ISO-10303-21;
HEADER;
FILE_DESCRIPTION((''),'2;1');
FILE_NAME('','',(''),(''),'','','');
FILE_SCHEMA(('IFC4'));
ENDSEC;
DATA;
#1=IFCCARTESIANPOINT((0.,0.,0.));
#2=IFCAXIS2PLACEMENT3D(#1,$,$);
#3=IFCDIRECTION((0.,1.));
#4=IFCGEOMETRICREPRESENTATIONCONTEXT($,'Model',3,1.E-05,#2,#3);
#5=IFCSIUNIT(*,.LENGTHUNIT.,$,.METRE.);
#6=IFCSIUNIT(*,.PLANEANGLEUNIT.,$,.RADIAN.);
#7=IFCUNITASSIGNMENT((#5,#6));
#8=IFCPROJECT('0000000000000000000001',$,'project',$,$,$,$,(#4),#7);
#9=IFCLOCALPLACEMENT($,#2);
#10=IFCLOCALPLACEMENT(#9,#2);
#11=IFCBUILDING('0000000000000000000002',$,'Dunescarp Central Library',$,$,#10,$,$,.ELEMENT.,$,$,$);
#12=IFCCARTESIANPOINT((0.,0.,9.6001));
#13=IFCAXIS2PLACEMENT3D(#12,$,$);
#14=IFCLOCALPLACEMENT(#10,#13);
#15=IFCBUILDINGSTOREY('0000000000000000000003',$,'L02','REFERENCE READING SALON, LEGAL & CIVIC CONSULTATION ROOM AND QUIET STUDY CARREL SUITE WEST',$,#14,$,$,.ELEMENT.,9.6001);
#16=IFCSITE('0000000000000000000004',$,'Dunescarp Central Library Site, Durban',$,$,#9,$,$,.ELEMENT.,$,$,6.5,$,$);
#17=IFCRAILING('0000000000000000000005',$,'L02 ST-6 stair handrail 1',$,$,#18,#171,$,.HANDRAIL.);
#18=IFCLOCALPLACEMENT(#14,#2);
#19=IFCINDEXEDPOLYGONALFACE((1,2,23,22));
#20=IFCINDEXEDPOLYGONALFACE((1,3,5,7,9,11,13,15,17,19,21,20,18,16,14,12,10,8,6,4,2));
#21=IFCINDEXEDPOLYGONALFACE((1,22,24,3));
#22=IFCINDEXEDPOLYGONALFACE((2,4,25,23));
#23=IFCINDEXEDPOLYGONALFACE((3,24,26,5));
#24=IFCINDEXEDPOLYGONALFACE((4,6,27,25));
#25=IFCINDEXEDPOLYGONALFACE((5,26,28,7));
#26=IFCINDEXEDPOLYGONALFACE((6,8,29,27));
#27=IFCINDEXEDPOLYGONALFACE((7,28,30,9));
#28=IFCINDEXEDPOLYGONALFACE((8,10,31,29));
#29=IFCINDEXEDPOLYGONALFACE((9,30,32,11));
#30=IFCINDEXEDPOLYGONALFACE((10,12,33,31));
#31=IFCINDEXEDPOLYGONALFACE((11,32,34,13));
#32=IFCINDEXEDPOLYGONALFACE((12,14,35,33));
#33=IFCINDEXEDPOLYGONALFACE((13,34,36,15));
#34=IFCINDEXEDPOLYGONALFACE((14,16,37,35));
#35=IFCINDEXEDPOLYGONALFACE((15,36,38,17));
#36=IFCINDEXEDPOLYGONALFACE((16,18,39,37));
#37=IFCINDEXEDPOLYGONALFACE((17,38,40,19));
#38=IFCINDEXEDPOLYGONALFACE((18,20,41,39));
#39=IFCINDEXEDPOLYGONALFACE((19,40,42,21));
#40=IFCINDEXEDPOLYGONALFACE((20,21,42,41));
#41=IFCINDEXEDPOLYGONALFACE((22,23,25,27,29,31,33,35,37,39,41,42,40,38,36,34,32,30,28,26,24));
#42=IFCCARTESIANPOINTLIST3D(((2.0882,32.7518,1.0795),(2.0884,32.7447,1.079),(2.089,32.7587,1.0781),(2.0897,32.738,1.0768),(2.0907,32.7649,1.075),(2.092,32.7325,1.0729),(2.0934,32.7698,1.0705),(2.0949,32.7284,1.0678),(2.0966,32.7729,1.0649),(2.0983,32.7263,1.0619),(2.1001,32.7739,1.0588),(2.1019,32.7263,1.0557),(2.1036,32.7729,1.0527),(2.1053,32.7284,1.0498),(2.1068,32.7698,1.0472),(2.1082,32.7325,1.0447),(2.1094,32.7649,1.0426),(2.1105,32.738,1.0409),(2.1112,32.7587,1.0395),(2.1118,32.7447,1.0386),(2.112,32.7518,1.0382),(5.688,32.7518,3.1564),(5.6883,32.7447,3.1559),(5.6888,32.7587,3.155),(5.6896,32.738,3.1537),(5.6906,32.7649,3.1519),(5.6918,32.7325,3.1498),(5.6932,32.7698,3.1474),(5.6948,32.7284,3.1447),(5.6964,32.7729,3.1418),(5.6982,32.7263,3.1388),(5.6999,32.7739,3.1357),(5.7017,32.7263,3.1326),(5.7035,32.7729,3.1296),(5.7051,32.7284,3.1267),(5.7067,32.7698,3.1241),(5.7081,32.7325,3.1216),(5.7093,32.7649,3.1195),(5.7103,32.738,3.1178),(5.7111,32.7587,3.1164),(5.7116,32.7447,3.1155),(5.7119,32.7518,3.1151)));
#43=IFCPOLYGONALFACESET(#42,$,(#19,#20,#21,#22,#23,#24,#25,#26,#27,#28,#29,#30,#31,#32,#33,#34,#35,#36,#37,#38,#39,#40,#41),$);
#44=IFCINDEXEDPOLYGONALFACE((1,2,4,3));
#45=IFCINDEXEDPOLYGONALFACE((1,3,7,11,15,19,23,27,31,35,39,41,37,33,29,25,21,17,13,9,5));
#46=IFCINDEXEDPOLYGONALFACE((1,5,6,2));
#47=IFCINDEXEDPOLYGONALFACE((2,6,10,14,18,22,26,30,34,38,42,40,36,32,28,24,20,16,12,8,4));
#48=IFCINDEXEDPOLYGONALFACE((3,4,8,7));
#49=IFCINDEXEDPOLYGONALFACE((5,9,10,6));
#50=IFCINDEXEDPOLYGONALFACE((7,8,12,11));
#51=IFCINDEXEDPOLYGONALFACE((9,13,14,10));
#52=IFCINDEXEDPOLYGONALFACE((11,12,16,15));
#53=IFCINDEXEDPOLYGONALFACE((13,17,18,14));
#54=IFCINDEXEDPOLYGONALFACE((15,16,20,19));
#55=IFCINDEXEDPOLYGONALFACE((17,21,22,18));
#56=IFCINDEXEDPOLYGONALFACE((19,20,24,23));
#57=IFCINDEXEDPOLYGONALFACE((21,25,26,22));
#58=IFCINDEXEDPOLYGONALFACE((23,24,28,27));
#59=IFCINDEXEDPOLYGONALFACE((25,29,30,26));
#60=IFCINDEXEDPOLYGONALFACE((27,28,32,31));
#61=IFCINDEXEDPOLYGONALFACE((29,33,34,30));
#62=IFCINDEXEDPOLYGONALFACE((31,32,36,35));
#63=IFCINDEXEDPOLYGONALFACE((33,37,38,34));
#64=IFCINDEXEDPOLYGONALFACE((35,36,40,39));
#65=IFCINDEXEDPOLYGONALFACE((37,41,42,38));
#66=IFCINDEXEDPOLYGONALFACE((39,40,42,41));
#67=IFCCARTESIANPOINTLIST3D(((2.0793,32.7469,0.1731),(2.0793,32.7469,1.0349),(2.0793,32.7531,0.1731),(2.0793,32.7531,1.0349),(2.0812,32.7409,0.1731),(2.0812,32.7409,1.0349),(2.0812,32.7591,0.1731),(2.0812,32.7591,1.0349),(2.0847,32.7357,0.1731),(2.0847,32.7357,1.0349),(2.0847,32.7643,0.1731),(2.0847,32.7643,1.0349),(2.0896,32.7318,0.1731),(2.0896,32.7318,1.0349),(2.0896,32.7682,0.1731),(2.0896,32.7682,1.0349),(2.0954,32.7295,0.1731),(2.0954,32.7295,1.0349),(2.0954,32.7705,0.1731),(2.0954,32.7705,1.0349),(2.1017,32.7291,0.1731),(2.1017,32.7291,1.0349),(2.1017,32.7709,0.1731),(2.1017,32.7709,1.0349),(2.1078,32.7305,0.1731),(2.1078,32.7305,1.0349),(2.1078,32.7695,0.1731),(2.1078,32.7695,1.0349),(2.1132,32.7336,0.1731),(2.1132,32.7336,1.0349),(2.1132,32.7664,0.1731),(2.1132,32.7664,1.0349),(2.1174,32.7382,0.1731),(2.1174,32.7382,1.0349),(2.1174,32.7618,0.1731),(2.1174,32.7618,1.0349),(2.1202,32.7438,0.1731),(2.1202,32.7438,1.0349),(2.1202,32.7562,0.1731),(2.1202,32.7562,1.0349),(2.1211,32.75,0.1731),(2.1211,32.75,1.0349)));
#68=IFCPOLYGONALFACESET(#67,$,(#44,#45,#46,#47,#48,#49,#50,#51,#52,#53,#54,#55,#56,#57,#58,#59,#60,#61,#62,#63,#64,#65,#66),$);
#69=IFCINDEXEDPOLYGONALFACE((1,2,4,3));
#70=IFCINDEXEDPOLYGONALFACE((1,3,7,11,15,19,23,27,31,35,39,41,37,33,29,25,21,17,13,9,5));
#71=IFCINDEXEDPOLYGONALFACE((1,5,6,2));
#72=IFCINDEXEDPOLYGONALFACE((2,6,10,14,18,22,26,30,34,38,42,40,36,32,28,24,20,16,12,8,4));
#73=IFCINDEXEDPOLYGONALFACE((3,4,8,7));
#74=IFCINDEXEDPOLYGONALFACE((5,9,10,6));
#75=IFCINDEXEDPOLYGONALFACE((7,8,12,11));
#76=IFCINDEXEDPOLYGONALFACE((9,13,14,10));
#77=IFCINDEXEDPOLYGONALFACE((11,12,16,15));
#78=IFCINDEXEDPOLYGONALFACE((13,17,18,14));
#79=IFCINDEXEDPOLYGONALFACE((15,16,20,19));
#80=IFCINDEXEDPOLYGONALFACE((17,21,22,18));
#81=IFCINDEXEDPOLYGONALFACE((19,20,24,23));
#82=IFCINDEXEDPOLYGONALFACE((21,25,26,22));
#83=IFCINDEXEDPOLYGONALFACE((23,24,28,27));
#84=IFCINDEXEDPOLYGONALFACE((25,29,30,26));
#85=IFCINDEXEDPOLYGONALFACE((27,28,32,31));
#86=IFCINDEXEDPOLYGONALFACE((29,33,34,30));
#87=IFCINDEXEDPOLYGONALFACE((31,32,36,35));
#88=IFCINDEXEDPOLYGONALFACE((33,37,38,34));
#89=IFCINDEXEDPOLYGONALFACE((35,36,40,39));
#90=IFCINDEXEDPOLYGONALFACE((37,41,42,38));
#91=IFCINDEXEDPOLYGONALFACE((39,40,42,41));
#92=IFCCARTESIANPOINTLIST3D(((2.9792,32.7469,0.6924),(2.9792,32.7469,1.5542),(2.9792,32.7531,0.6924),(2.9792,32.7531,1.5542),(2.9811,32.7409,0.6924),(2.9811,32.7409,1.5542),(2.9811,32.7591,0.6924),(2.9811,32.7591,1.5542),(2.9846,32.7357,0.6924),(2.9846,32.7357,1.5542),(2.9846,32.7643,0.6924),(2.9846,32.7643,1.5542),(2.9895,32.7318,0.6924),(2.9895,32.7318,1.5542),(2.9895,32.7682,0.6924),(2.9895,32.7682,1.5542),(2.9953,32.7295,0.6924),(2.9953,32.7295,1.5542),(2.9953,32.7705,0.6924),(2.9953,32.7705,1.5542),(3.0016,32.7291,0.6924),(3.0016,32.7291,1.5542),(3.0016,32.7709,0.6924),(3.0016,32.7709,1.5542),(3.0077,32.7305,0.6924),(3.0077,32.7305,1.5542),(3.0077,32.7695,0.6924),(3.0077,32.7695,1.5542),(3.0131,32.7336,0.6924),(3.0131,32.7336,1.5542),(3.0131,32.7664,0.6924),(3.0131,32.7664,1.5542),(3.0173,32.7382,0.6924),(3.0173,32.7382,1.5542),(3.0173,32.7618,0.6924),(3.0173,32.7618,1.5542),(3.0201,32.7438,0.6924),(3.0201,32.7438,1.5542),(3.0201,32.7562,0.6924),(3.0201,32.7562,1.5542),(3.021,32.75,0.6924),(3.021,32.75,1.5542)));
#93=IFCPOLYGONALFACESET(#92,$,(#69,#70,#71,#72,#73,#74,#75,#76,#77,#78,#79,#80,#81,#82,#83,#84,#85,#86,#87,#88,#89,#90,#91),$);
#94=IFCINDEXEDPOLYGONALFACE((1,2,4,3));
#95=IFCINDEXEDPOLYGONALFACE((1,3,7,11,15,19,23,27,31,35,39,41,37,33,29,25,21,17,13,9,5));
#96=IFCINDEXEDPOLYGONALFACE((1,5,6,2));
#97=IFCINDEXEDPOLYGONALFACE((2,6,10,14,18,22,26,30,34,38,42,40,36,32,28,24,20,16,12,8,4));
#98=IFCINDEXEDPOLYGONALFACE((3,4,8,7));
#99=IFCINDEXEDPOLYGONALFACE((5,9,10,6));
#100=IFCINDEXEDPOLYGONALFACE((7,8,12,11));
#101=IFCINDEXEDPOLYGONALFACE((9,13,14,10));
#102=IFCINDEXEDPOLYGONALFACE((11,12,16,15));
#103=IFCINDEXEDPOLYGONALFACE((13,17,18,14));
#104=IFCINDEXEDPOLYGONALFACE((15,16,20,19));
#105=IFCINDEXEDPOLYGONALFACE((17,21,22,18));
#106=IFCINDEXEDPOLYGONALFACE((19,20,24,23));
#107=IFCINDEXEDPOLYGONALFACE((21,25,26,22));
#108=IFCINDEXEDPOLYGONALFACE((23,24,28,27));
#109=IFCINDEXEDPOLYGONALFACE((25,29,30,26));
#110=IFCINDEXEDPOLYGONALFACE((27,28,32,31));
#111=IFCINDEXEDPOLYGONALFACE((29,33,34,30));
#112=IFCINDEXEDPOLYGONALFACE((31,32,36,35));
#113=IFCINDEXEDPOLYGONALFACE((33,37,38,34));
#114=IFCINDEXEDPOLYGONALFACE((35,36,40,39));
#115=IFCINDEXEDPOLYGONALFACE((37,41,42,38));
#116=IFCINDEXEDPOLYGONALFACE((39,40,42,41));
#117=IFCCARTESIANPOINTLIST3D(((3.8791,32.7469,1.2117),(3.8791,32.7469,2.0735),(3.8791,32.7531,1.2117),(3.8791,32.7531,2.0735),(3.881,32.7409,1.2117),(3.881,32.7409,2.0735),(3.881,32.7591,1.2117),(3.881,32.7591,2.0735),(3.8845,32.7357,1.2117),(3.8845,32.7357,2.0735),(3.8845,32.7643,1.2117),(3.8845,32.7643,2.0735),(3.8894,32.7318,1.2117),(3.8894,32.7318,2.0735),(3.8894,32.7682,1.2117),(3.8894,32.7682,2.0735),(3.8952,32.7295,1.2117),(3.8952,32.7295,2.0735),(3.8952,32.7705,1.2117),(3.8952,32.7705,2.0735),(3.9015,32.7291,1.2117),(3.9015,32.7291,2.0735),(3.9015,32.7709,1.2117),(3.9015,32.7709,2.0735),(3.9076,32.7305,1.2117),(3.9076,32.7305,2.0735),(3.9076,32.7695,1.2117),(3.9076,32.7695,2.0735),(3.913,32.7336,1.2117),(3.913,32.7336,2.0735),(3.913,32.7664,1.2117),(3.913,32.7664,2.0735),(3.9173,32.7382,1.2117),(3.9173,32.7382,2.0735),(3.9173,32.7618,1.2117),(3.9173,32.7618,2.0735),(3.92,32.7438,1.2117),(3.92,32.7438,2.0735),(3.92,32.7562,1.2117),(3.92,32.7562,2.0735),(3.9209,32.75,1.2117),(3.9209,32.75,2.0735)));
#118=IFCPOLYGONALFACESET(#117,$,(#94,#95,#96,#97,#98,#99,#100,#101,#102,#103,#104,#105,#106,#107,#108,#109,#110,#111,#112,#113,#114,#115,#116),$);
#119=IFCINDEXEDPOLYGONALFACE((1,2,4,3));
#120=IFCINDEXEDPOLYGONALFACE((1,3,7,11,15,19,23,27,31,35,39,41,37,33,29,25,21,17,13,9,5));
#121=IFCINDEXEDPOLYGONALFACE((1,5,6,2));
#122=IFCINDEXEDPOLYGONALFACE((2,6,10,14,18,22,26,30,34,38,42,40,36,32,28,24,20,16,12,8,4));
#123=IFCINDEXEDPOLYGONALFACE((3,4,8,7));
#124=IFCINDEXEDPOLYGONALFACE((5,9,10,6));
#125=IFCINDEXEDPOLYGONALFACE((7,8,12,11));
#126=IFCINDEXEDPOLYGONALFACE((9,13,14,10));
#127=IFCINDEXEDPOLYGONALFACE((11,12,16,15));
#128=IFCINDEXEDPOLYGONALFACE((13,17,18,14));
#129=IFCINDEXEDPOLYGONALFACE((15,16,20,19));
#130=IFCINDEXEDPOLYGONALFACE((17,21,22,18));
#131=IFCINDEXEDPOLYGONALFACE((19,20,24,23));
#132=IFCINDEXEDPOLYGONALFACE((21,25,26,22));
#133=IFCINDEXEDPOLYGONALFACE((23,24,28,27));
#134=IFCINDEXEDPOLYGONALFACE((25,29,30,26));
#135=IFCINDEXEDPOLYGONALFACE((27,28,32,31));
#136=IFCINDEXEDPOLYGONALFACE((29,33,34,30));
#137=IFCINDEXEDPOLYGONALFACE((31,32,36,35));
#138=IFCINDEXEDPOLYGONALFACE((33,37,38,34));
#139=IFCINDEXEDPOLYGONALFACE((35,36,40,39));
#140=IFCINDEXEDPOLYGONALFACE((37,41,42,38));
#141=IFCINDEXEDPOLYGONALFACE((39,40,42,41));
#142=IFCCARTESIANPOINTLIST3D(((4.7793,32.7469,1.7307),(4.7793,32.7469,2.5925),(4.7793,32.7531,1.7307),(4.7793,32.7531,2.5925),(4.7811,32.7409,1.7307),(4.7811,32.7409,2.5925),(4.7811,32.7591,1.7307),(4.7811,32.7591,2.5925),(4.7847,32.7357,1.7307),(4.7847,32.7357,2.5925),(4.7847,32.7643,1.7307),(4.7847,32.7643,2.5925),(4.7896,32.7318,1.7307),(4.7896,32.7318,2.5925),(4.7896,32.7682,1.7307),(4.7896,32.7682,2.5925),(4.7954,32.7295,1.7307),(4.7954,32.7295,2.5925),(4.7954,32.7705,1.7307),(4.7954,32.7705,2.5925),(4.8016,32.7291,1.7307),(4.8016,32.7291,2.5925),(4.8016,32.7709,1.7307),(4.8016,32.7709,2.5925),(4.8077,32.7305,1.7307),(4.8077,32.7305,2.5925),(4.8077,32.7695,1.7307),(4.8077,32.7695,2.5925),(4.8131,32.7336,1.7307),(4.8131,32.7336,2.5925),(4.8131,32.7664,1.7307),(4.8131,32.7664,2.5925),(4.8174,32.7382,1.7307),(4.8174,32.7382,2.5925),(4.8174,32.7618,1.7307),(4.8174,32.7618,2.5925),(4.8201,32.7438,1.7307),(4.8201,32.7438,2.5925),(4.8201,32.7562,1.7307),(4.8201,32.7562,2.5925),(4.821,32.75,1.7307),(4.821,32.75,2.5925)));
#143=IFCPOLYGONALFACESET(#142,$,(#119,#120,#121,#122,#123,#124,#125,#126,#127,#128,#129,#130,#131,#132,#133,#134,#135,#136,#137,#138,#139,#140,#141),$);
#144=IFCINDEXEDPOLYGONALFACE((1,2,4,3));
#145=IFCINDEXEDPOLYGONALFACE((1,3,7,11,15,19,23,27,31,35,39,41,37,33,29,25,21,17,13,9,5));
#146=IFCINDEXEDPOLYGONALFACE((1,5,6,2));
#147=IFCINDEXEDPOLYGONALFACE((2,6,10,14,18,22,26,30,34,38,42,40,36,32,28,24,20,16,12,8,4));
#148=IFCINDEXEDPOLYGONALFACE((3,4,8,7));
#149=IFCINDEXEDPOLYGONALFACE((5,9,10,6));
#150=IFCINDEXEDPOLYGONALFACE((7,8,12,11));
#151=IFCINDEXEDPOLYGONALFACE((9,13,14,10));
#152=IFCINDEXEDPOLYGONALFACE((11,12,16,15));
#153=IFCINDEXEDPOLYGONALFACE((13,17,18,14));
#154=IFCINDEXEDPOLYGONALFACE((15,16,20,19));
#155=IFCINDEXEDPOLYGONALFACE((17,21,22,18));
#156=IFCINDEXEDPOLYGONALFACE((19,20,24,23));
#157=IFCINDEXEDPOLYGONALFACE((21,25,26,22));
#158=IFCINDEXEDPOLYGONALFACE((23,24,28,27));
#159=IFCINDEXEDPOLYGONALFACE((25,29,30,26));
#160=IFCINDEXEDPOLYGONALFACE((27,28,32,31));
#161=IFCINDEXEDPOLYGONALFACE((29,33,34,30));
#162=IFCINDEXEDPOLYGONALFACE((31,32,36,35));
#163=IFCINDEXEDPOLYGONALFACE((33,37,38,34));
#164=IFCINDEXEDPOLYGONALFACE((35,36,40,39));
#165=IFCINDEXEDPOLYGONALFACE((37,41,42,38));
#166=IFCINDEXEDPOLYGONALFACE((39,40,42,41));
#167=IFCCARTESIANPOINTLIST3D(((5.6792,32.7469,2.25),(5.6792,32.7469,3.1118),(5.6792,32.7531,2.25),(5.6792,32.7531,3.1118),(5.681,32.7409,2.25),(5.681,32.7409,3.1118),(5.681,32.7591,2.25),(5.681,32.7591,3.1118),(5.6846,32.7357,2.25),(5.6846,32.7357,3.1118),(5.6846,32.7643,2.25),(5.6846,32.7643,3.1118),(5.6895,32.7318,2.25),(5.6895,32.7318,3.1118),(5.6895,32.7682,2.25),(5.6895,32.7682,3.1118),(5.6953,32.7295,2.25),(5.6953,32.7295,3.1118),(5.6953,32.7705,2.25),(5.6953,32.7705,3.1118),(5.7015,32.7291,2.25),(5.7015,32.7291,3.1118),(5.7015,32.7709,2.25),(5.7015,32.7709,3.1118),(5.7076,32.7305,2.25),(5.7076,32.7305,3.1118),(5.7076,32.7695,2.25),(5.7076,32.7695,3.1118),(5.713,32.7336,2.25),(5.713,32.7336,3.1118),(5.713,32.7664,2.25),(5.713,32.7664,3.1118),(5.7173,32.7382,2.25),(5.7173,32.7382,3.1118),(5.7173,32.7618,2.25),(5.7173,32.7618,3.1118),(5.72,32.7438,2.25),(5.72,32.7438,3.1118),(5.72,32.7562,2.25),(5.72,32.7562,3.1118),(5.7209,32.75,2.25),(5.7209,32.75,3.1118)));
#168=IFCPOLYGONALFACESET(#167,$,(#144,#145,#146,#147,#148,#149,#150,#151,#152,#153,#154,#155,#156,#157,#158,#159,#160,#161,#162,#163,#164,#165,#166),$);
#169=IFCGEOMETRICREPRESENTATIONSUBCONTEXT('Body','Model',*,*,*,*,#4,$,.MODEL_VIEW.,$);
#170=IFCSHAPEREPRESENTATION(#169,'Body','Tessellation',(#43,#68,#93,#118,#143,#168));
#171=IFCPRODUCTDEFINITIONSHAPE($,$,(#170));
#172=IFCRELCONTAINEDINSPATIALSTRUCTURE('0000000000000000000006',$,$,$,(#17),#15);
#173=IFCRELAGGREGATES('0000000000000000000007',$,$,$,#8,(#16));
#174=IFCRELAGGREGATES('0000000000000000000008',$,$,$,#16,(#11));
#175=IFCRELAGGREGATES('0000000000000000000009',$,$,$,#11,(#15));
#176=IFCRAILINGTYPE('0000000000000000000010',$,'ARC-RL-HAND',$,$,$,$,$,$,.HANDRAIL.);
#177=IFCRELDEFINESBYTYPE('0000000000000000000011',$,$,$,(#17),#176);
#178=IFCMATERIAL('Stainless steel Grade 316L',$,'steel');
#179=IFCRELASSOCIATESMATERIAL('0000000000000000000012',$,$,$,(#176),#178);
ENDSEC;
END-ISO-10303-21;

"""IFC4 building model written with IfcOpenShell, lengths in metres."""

from ifc_helpers import new_model, si_unit, direction, frame, origin, origin_2d, place, context, subcontext, project, spatial, circle, extrude, material, type_object, element, save


model = new_model("IFC4")

# Units and contexts
model_context = context("Model", 3, precision=1e-05, world=origin(), true_north=direction((0.0, 1.0)))
body_context = subcontext(model_context, "Body", "Model", "MODEL_VIEW")
ifc_project = project(units=[si_unit("LENGTHUNIT", "METRE"), si_unit("PLANEANGLEUNIT", "RADIAN")], contexts=[model_context])

# Site, building, storey
site_placement = place(None, origin())
site = spatial("IfcSite", under=ifc_project, at=site_placement, Name="Dunescarp Central Library Site, Durban", CompositionType="ELEMENT", RefElevation=6.5)
building_placement = place(site_placement, origin())
building = spatial("IfcBuilding", under=site, at=building_placement, Name="Dunescarp Central Library", CompositionType="ELEMENT")
storey_placement = place(building_placement, frame((0.0, 0.0, 9.6001)))
storey = spatial("IfcBuildingStorey", under=building, at=storey_placement, Name="L02", Description="REFERENCE READING SALON, LEGAL & CIVIC CONSULTATION ROOM AND QUIET STUDY CARREL SUITE WEST", CompositionType="ELEMENT", Elevation=9.6001)

# Railing
ifc_material_1 = material(Name="Stainless steel Grade 316L", Category="steel")
railing_type_1 = type_object("IfcRailingType", Name="ARC-RL-HAND", PredefinedType="HANDRAIL", material=ifc_material_1)
railing_1_placement = place(storey_placement, frame((2.1001, 32.75, 0.1731)))
element("IfcRailing", 1, at=railing_1_placement, inside=storey, type_object=railing_type_1, Name="L02 ST-6 stair handrail 1", PredefinedType="HANDRAIL", context=body_context, shape_type="SweptSolid", body=[
    extrude(circle(Radius=0.0239, at=origin_2d()), frame((0.0, 0.0, 0.8857), z_axis=(0.866179, 0.0, 0.499734), x_axis=(0.0, 1.0, 0.0)), (0.0, 0.0, 1.0), 4.156),
    extrude(circle(Radius=0.021, at=origin_2d()), origin(), (0.0, 0.0, 1.0), 0.8618),
    extrude(circle(Radius=0.021, at=origin_2d()), frame((0.8999, 0.0, 0.5193)), (0.0, 0.0, 1.0), 0.8618),
    extrude(circle(Radius=0.021, at=origin_2d()), frame((1.7998, 0.0, 1.0386)), (0.0, 0.0, 1.0), 0.8618),
    extrude(circle(Radius=0.021, at=origin_2d()), frame((2.7, 0.0, 1.5576)), (0.0, 0.0, 1.0), 0.8618),
    extrude(circle(Radius=0.021, at=origin_2d()), frame((3.5999, 0.0, 2.0769)), (0.0, 0.0, 1.0), 0.8618),
])

save(model, "model.ifc")
